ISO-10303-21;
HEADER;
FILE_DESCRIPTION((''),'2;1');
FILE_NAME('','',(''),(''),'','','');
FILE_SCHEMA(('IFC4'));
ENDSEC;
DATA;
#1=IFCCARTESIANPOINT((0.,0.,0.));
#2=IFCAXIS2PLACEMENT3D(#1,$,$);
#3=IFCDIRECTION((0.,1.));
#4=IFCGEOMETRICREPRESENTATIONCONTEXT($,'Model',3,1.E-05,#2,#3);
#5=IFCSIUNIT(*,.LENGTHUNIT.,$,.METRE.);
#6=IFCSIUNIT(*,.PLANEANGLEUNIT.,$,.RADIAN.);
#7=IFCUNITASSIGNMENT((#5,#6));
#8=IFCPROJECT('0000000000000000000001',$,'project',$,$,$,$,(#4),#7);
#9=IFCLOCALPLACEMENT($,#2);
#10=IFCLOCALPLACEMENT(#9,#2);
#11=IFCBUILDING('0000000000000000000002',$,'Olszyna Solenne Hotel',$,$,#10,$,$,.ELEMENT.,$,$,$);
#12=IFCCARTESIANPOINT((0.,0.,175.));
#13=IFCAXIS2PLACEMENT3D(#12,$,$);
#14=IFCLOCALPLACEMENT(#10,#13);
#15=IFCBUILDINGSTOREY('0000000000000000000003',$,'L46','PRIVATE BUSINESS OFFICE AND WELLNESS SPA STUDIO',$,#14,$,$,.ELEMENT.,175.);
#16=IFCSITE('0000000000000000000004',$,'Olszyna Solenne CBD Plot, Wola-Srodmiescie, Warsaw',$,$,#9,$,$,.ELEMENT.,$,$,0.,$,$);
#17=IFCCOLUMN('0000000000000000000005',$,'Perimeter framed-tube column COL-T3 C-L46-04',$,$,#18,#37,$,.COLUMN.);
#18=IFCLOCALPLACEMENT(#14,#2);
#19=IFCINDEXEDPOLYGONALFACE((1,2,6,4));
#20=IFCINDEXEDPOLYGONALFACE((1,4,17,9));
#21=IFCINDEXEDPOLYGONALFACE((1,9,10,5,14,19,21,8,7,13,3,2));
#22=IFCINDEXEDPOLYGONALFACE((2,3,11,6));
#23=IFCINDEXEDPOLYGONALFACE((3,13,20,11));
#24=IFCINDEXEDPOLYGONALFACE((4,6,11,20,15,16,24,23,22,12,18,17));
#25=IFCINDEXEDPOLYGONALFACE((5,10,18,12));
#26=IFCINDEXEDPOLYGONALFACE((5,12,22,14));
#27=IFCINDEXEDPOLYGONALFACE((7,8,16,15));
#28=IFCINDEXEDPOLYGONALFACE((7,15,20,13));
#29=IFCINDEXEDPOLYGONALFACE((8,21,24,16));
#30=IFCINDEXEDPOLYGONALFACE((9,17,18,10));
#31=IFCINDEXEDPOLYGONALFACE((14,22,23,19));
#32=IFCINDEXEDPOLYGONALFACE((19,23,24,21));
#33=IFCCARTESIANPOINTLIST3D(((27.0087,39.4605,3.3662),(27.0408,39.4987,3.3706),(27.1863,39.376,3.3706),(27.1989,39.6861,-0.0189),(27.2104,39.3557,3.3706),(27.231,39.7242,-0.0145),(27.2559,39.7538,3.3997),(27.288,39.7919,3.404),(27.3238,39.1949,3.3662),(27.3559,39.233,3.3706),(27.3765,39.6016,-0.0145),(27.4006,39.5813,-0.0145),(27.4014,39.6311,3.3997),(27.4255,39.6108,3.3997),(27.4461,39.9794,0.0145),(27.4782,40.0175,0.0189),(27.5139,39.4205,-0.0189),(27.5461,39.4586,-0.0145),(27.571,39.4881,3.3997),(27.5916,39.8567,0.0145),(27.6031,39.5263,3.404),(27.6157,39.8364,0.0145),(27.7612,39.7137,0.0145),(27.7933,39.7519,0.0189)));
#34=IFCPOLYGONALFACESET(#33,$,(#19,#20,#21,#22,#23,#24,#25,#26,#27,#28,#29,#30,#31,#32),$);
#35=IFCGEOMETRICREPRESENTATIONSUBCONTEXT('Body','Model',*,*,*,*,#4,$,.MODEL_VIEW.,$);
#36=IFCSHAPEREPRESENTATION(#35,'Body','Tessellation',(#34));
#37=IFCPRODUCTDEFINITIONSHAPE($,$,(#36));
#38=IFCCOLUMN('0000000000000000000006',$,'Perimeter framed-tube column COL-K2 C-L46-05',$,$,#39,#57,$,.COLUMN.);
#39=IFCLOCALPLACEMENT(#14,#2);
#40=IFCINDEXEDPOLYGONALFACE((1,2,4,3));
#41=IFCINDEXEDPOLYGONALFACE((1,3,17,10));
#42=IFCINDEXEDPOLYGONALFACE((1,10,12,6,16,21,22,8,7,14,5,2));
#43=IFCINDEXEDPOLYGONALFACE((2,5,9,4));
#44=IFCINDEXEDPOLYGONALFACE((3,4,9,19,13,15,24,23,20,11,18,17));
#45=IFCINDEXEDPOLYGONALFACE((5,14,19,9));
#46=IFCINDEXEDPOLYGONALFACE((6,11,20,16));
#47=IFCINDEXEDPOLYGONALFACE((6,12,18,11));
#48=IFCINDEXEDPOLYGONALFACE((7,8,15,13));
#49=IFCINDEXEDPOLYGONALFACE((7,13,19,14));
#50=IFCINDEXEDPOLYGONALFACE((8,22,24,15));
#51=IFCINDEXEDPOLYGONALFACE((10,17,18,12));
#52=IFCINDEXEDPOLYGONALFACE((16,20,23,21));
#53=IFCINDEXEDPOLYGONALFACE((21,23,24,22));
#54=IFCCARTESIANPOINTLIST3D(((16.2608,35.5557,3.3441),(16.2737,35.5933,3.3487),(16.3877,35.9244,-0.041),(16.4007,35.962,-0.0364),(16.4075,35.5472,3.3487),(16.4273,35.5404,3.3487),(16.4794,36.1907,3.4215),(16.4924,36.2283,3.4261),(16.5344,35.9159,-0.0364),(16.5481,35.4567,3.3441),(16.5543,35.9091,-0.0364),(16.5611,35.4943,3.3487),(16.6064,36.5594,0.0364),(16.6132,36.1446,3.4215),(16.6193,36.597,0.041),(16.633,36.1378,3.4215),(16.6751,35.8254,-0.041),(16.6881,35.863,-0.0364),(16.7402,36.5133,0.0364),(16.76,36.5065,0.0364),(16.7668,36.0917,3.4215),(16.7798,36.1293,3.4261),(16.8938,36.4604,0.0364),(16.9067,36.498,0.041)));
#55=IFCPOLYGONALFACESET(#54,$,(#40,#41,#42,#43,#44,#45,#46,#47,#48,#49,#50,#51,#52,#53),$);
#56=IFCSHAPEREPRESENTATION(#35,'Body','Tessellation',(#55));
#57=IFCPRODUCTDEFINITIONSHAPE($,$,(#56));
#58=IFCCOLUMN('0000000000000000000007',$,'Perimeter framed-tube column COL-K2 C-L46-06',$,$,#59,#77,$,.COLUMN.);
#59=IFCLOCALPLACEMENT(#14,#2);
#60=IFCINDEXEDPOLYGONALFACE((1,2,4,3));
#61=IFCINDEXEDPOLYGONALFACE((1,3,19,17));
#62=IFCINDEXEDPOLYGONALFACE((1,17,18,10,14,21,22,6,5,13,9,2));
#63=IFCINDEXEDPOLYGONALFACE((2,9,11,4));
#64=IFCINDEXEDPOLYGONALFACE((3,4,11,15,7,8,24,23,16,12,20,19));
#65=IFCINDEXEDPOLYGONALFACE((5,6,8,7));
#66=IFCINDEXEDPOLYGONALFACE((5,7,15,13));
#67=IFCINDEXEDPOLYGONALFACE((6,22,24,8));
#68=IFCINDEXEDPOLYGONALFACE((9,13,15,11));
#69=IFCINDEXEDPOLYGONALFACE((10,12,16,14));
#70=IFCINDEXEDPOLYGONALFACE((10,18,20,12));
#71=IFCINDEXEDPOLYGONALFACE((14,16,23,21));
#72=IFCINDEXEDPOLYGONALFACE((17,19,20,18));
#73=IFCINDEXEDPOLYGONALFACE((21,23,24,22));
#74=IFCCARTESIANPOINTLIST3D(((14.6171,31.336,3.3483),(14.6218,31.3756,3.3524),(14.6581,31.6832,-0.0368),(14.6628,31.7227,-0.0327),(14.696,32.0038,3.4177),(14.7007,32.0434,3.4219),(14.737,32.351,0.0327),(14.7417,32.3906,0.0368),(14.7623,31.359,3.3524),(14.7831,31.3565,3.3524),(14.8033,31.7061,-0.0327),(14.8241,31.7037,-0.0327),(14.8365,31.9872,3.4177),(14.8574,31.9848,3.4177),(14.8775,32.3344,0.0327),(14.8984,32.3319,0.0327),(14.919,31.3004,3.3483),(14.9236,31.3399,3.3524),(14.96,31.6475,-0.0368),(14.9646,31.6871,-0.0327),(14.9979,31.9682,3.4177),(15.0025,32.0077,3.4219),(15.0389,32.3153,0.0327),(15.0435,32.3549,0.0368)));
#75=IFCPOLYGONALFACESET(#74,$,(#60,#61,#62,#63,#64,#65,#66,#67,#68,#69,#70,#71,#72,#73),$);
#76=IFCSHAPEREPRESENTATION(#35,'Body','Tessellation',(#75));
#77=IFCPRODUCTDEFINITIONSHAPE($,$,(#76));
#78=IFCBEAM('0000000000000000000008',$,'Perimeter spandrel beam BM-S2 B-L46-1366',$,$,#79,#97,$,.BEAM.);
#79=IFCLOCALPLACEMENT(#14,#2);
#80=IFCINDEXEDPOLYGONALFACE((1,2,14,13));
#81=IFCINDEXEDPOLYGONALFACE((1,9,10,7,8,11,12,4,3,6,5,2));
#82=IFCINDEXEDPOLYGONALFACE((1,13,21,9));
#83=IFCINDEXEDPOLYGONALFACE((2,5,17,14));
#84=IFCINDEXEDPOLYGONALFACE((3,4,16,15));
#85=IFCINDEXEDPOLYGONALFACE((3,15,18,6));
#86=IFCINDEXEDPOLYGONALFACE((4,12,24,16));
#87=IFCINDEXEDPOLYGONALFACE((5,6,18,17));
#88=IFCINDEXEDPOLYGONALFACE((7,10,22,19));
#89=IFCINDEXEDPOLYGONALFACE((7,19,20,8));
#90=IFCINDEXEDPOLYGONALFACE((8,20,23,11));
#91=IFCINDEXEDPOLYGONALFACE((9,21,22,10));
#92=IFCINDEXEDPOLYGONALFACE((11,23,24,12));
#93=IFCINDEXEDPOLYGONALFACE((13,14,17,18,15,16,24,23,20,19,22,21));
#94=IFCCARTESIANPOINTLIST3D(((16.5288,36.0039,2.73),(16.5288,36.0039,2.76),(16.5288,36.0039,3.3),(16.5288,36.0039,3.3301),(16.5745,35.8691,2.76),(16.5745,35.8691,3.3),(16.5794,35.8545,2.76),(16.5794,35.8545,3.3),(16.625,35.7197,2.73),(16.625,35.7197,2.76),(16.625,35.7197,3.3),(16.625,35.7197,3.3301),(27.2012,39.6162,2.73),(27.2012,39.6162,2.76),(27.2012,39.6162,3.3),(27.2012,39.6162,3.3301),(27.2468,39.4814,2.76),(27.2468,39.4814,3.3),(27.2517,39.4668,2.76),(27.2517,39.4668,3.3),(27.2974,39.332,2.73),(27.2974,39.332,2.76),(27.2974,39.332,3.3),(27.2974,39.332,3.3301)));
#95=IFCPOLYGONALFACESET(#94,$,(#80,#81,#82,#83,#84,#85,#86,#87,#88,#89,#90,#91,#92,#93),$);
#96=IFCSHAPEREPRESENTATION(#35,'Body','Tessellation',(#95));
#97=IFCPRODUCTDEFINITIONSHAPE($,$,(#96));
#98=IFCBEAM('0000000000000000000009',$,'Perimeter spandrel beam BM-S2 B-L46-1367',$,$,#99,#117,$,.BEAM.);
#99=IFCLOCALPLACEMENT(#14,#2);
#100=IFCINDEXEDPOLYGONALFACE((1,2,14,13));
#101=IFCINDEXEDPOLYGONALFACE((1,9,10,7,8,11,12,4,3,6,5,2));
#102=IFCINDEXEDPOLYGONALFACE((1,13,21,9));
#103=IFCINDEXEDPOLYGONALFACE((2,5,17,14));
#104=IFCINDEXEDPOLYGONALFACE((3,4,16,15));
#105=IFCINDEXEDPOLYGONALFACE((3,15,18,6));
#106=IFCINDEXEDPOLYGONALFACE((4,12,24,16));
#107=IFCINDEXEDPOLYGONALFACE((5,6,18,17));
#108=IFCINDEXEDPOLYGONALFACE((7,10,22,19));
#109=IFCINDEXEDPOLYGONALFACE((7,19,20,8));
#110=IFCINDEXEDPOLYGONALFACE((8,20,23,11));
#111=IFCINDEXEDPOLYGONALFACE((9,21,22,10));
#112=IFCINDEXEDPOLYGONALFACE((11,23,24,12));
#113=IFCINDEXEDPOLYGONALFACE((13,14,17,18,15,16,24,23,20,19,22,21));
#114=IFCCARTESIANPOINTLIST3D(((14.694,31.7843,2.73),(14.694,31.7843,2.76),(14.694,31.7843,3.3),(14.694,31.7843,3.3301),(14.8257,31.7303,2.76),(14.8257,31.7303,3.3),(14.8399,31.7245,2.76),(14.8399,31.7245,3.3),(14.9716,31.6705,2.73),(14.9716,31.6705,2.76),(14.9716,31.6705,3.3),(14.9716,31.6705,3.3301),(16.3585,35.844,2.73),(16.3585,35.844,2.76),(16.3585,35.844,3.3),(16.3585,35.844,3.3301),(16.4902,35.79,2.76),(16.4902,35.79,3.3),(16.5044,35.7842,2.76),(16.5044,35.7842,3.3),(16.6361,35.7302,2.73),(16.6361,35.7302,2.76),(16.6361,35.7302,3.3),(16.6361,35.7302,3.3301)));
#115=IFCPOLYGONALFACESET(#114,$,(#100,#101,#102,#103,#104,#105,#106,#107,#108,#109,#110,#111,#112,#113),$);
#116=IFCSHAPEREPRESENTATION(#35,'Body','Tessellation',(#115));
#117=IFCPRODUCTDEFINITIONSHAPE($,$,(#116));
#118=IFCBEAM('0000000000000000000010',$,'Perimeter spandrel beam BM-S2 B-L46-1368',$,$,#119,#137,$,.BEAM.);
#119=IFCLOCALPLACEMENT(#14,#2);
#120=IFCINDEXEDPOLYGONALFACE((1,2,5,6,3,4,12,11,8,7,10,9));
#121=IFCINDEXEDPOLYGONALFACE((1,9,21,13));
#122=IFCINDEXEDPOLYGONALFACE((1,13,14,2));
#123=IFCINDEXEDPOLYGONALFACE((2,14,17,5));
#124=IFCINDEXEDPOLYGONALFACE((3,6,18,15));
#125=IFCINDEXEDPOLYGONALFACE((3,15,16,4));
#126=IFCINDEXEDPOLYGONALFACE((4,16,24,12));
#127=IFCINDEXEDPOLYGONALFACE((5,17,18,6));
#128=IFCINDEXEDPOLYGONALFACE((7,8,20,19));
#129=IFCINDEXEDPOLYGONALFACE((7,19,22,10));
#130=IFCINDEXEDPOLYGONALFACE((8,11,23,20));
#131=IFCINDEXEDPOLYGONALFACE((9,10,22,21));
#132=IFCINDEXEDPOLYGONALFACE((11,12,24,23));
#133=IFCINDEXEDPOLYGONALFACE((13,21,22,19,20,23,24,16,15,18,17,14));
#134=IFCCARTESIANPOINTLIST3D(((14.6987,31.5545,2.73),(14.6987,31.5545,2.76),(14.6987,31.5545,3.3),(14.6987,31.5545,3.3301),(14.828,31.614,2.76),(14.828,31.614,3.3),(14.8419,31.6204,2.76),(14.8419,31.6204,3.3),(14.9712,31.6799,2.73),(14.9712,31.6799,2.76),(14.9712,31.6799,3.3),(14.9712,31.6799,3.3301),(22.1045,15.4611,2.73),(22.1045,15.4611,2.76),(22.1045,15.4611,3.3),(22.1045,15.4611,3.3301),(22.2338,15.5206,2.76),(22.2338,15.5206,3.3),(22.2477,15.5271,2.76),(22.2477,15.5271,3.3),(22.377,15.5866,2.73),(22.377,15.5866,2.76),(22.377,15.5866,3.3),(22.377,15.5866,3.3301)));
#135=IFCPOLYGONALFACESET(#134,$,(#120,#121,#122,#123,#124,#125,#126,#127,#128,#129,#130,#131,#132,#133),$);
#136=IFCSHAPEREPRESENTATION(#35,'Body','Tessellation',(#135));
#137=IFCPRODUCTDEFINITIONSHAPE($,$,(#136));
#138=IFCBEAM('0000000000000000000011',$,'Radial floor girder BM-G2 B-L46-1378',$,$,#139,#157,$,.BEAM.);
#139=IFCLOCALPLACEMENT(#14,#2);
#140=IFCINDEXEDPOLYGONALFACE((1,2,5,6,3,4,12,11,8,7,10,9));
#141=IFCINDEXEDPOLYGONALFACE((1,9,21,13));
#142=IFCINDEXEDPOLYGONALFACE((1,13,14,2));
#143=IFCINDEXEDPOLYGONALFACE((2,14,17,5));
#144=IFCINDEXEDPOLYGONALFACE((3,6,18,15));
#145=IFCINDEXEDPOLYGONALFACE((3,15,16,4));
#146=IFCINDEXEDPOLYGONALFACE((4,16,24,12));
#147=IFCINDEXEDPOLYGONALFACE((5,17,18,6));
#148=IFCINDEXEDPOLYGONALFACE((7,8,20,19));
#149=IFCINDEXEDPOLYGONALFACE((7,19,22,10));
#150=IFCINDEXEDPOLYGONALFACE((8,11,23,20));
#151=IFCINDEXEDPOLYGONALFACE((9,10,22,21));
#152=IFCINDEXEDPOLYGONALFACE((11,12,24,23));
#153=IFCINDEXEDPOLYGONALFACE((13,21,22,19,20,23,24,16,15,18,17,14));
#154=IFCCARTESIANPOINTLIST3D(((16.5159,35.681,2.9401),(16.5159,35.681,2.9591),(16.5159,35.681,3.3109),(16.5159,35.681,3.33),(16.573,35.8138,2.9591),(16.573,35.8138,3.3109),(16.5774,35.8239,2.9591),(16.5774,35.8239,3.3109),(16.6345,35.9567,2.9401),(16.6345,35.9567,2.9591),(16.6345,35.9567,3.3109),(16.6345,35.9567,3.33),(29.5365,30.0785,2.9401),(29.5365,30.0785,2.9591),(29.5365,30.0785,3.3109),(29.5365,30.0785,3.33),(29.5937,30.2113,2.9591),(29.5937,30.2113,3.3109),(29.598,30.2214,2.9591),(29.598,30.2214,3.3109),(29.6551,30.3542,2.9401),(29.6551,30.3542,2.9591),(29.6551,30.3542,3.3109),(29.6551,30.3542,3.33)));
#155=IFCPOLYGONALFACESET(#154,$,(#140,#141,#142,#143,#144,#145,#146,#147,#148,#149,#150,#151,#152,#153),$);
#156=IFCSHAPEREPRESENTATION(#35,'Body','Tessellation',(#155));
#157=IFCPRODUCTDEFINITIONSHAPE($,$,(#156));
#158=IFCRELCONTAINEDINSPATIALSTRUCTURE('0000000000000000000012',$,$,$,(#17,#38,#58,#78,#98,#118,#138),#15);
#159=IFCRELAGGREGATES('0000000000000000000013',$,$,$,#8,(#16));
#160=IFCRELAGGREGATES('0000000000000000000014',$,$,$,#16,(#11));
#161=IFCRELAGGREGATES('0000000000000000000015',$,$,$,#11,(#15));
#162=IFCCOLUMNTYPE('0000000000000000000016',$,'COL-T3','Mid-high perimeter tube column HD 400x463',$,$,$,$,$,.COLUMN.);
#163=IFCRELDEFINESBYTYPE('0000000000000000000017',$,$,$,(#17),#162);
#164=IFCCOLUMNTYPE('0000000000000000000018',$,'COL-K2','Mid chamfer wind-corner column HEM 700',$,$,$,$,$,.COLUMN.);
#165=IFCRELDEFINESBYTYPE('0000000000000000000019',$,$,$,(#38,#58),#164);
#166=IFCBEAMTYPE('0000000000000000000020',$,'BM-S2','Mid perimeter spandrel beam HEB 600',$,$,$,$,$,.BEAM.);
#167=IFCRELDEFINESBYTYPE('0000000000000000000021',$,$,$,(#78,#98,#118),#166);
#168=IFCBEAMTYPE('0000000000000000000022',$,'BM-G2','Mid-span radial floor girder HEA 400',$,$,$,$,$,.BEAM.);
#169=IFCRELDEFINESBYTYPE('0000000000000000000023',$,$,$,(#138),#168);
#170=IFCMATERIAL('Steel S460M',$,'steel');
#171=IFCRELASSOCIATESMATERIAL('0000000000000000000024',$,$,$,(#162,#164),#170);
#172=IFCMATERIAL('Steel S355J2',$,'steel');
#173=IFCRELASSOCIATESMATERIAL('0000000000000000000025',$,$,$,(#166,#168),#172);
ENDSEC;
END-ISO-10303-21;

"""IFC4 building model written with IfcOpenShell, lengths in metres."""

from ifc_helpers import new_model, si_unit, direction, frame, origin, origin_2d, place, context, subcontext, project, spatial, i_section, extrude, source, transform, mapped, material, material_profile, profile_set, type_object, element, save


model = new_model("IFC4")

# Units and contexts
model_context = context("Model", 3, precision=1e-05, world=origin(), true_north=direction((0.0, 1.0)))
body_context = subcontext(model_context, "Body", "Model", "MODEL_VIEW")
ifc_project = project(units=[si_unit("LENGTHUNIT", "METRE"), si_unit("PLANEANGLEUNIT", "RADIAN")], contexts=[model_context])

# Site, building, storey
site_placement = place(None, origin())
site = spatial("IfcSite", under=ifc_project, at=site_placement, Name="Olszyna Solenne CBD Plot, Wola-Srodmiescie, Warsaw", CompositionType="ELEMENT", RefElevation=0.0)
building_placement = place(site_placement, origin())
building = spatial("IfcBuilding", under=site, at=building_placement, Name="Olszyna Solenne Hotel", CompositionType="ELEMENT")
storey_placement = place(building_placement, frame((0.0, 0.0, 175.0)))
storey = spatial("IfcBuildingStorey", under=building, at=storey_placement, Name="L46", Description="PRIVATE BUSINESS OFFICE AND WELLNESS SPA STUDIO", CompositionType="ELEMENT", Elevation=175.0)

# Columns
ifc_material_1 = material(Name="Steel S460M", Category="steel")
ifc_material_profile_1 = material_profile(ifc_material_1, i_section(OverallWidth=0.4121, OverallDepth=0.4351, WebThickness=0.0315, FlangeThickness=0.05, at=origin_2d()), Name="HD 400x463", Category="load-bearing")
ifc_profile_set_1 = profile_set([ifc_material_profile_1], Name="Steel S460M")
column_type_1 = type_object("IfcColumnType", Name="COL-T3", Description="Mid-high perimeter tube column HD 400x463", PredefinedType="COLUMN", material=ifc_profile_set_1)
shared_shape_1 = source(origin(), body_context, "Body", "SweptSolid", [
    extrude(i_section(OverallWidth=0.4121, OverallDepth=0.4351, WebThickness=0.0315, FlangeThickness=0.05, at=origin_2d()), origin(), (0.0, 0.0, 1.0), 3.3979),
])
column_1_placement = place(storey_placement, frame((27.4961, 39.719, 0.0), z_axis=(-0.055972, -0.066391, 0.996223), x_axis=(0.764546, -0.644569, 0.0)))
element("IfcColumn", 1, at=column_1_placement, inside=storey, type_object=column_type_1, Name="Perimeter framed-tube column COL-T3 C-L46-04", PredefinedType="COLUMN", context=body_context, shape_type="MappedRepresentation", body=[
    mapped(shared_shape_1, transform((0.0, 0.0, 0.0), x_axis=(1.0, 0.0, 0.0), y_axis=(0.0, 1.0, 0.0), z_axis=(0.0, 0.0, 1.0), scale=1.0)),
])
ifc_material_profile_2 = material_profile(ifc_material_1, i_section(OverallWidth=0.304, OverallDepth=0.7161, WebThickness=0.021, FlangeThickness=0.04, at=origin_2d()), Name="HEM 700", Category="load-bearing")
ifc_profile_set_2 = profile_set([ifc_material_profile_2], Name="Steel S460M")
column_type_2 = type_object("IfcColumnType", Name="COL-K2", Description="Mid chamfer wind-corner column HEM 700", PredefinedType="COLUMN", material=ifc_profile_set_2)
shared_shape_2 = source(origin(), body_context, "Body", "SweptSolid", [
    extrude(i_section(OverallWidth=0.304, OverallDepth=0.7161, WebThickness=0.021, FlangeThickness=0.04, at=origin_2d()), origin(), (0.0, 0.0, 1.0), 3.4075),
])
column_2_placement = place(storey_placement, frame((16.6472, 36.2112, 0.0), z_axis=(-0.037258, -0.108192, 0.993432), x_axis=(0.945506, -0.325605, 0.0)))
element("IfcColumn", 2, at=column_2_placement, inside=storey, type_object=column_type_2, Name="Perimeter framed-tube column COL-K2 C-L46-05", PredefinedType="COLUMN", context=body_context, shape_type="MappedRepresentation", body=[
    mapped(shared_shape_2, transform((0.0, 0.0, 0.0), x_axis=(1.0, 0.0, 0.0), y_axis=(0.0, 1.0, 0.0), z_axis=(0.0, 0.0, 1.0), scale=1.0)),
])
shared_shape_3 = source(origin(), body_context, "Body", "SweptSolid", [
    extrude(i_section(OverallWidth=0.304, OverallDepth=0.7161, WebThickness=0.021, FlangeThickness=0.04, at=origin_2d()), origin(), (0.0, 0.0, 1.0), 3.4031),
])
column_3_placement = place(storey_placement, frame((14.8508, 32.019, 0.0), z_axis=(-0.012053, -0.102018, 0.99471), x_axis=(0.993093, -0.117327, 0.0)))
element("IfcColumn", 3, at=column_3_placement, inside=storey, type_object=column_type_2, Name="Perimeter framed-tube column COL-K2 C-L46-06", PredefinedType="COLUMN", context=body_context, shape_type="MappedRepresentation", body=[
    mapped(shared_shape_3, transform((0.0, 0.0, 0.0), x_axis=(1.0, 0.0, 0.0), y_axis=(0.0, 1.0, 0.0), z_axis=(0.0, 0.0, 1.0), scale=1.0)),
])

# Beams
ifc_material_2 = material(Name="Steel S355J2", Category="steel")
ifc_material_profile_3 = material_profile(ifc_material_2, i_section(OverallWidth=0.3, OverallDepth=0.6001, WebThickness=0.0154, FlangeThickness=0.03, at=origin_2d()), Name="HEB 600", Category="load-bearing")
ifc_profile_set_3 = profile_set([ifc_material_profile_3], Name="Steel S355J2")
beam_type_1 = type_object("IfcBeamType", Name="BM-S2", Description="Mid perimeter spandrel beam HEB 600", PredefinedType="BEAM", material=ifc_profile_set_3)
shared_shape_4 = source(origin(), body_context, "Body", "SweptSolid", [
    extrude(i_section(OverallWidth=0.3, OverallDepth=0.6001, WebThickness=0.0154, FlangeThickness=0.03, at=origin_2d()), origin(), (0.0, 0.0, 1.0), 11.2671),
])
beam_1_placement = place(storey_placement, frame((27.2493, 39.4741, 3.03), z_axis=(-0.947213, -0.320606, 0.0), x_axis=(0.320606, -0.947213, 0.0)))
element("IfcBeam", 4, at=beam_1_placement, inside=storey, type_object=beam_type_1, Name="Perimeter spandrel beam BM-S2 B-L46-1366", PredefinedType="BEAM", context=body_context, shape_type="MappedRepresentation", body=[
    mapped(shared_shape_4, transform((0.0, 0.0, 0.0), x_axis=(1.0, 0.0, 0.0), y_axis=(0.0, 1.0, 0.0), z_axis=(0.0, 0.0, 1.0), scale=1.0)),
])
shared_shape_5 = source(origin(), body_context, "Body", "SweptSolid", [
    extrude(i_section(OverallWidth=0.3, OverallDepth=0.6001, WebThickness=0.0154, FlangeThickness=0.03, at=origin_2d()), origin(), (0.0, 0.0, 1.0), 4.3877),
])
beam_2_placement = place(storey_placement, frame((16.4973, 35.7871, 3.03), z_axis=(-0.379359, -0.92525, 0.0), x_axis=(0.92525, -0.379359, 0.0)))
element("IfcBeam", 5, at=beam_2_placement, inside=storey, type_object=beam_type_1, Name="Perimeter spandrel beam BM-S2 B-L46-1367", PredefinedType="BEAM", context=body_context, shape_type="MappedRepresentation", body=[
    mapped(shared_shape_5, transform((0.0, 0.0, 0.0), x_axis=(1.0, 0.0, 0.0), y_axis=(0.0, 1.0, 0.0), z_axis=(0.0, 0.0, 1.0), scale=1.0)),
])
shared_shape_6 = source(origin(), body_context, "Body", "SweptSolid", [
    extrude(i_section(OverallWidth=0.3, OverallDepth=0.6001, WebThickness=0.0154, FlangeThickness=0.03, at=origin_2d()), origin(), (0.0, 0.0, 1.0), 17.7156),
])
beam_3_placement = place(storey_placement, frame((14.835, 31.6172, 3.03), z_axis=(0.418039, -0.908429, 0.0), x_axis=(0.908429, 0.418039, 0.0)))
element("IfcBeam", 6, at=beam_3_placement, inside=storey, type_object=beam_type_1, Name="Perimeter spandrel beam BM-S2 B-L46-1368", PredefinedType="BEAM", context=body_context, shape_type="MappedRepresentation", body=[
    mapped(shared_shape_6, transform((0.0, 0.0, 0.0), x_axis=(1.0, 0.0, 0.0), y_axis=(0.0, 1.0, 0.0), z_axis=(0.0, 0.0, 1.0), scale=1.0)),
])
ifc_material_profile_4 = material_profile(ifc_material_2, i_section(OverallWidth=0.3, OverallDepth=0.3899, WebThickness=0.011, FlangeThickness=0.019, at=origin_2d()), Name="HEA 400", Category="load-bearing")
ifc_profile_set_4 = profile_set([ifc_material_profile_4], Name="Steel S355J2")
beam_type_2 = type_object("IfcBeamType", Name="BM-G2", Description="Mid-span radial floor girder HEA 400", PredefinedType="BEAM", material=ifc_profile_set_4)
shared_shape_7 = source(origin(), body_context, "Body", "SweptSolid", [
    extrude(i_section(OverallWidth=0.3, OverallDepth=0.3899, WebThickness=0.011, FlangeThickness=0.019, at=origin_2d()), origin(), (0.0, 0.0, 1.0), 14.1748),
])
beam_4_placement = place(storey_placement, frame((16.5752, 35.8188, 3.135), z_axis=(0.918577, -0.395243, 0.0), x_axis=(0.395243, 0.918577, 0.0)))
element("IfcBeam", 7, at=beam_4_placement, inside=storey, type_object=beam_type_2, Name="Radial floor girder BM-G2 B-L46-1378", PredefinedType="BEAM", context=body_context, shape_type="MappedRepresentation", body=[
    mapped(shared_shape_7, transform((0.0, 0.0, 0.0), x_axis=(1.0, 0.0, 0.0), y_axis=(0.0, 1.0, 0.0), z_axis=(0.0, 0.0, 1.0), scale=1.0)),
])

save(model, "model.ifc")
